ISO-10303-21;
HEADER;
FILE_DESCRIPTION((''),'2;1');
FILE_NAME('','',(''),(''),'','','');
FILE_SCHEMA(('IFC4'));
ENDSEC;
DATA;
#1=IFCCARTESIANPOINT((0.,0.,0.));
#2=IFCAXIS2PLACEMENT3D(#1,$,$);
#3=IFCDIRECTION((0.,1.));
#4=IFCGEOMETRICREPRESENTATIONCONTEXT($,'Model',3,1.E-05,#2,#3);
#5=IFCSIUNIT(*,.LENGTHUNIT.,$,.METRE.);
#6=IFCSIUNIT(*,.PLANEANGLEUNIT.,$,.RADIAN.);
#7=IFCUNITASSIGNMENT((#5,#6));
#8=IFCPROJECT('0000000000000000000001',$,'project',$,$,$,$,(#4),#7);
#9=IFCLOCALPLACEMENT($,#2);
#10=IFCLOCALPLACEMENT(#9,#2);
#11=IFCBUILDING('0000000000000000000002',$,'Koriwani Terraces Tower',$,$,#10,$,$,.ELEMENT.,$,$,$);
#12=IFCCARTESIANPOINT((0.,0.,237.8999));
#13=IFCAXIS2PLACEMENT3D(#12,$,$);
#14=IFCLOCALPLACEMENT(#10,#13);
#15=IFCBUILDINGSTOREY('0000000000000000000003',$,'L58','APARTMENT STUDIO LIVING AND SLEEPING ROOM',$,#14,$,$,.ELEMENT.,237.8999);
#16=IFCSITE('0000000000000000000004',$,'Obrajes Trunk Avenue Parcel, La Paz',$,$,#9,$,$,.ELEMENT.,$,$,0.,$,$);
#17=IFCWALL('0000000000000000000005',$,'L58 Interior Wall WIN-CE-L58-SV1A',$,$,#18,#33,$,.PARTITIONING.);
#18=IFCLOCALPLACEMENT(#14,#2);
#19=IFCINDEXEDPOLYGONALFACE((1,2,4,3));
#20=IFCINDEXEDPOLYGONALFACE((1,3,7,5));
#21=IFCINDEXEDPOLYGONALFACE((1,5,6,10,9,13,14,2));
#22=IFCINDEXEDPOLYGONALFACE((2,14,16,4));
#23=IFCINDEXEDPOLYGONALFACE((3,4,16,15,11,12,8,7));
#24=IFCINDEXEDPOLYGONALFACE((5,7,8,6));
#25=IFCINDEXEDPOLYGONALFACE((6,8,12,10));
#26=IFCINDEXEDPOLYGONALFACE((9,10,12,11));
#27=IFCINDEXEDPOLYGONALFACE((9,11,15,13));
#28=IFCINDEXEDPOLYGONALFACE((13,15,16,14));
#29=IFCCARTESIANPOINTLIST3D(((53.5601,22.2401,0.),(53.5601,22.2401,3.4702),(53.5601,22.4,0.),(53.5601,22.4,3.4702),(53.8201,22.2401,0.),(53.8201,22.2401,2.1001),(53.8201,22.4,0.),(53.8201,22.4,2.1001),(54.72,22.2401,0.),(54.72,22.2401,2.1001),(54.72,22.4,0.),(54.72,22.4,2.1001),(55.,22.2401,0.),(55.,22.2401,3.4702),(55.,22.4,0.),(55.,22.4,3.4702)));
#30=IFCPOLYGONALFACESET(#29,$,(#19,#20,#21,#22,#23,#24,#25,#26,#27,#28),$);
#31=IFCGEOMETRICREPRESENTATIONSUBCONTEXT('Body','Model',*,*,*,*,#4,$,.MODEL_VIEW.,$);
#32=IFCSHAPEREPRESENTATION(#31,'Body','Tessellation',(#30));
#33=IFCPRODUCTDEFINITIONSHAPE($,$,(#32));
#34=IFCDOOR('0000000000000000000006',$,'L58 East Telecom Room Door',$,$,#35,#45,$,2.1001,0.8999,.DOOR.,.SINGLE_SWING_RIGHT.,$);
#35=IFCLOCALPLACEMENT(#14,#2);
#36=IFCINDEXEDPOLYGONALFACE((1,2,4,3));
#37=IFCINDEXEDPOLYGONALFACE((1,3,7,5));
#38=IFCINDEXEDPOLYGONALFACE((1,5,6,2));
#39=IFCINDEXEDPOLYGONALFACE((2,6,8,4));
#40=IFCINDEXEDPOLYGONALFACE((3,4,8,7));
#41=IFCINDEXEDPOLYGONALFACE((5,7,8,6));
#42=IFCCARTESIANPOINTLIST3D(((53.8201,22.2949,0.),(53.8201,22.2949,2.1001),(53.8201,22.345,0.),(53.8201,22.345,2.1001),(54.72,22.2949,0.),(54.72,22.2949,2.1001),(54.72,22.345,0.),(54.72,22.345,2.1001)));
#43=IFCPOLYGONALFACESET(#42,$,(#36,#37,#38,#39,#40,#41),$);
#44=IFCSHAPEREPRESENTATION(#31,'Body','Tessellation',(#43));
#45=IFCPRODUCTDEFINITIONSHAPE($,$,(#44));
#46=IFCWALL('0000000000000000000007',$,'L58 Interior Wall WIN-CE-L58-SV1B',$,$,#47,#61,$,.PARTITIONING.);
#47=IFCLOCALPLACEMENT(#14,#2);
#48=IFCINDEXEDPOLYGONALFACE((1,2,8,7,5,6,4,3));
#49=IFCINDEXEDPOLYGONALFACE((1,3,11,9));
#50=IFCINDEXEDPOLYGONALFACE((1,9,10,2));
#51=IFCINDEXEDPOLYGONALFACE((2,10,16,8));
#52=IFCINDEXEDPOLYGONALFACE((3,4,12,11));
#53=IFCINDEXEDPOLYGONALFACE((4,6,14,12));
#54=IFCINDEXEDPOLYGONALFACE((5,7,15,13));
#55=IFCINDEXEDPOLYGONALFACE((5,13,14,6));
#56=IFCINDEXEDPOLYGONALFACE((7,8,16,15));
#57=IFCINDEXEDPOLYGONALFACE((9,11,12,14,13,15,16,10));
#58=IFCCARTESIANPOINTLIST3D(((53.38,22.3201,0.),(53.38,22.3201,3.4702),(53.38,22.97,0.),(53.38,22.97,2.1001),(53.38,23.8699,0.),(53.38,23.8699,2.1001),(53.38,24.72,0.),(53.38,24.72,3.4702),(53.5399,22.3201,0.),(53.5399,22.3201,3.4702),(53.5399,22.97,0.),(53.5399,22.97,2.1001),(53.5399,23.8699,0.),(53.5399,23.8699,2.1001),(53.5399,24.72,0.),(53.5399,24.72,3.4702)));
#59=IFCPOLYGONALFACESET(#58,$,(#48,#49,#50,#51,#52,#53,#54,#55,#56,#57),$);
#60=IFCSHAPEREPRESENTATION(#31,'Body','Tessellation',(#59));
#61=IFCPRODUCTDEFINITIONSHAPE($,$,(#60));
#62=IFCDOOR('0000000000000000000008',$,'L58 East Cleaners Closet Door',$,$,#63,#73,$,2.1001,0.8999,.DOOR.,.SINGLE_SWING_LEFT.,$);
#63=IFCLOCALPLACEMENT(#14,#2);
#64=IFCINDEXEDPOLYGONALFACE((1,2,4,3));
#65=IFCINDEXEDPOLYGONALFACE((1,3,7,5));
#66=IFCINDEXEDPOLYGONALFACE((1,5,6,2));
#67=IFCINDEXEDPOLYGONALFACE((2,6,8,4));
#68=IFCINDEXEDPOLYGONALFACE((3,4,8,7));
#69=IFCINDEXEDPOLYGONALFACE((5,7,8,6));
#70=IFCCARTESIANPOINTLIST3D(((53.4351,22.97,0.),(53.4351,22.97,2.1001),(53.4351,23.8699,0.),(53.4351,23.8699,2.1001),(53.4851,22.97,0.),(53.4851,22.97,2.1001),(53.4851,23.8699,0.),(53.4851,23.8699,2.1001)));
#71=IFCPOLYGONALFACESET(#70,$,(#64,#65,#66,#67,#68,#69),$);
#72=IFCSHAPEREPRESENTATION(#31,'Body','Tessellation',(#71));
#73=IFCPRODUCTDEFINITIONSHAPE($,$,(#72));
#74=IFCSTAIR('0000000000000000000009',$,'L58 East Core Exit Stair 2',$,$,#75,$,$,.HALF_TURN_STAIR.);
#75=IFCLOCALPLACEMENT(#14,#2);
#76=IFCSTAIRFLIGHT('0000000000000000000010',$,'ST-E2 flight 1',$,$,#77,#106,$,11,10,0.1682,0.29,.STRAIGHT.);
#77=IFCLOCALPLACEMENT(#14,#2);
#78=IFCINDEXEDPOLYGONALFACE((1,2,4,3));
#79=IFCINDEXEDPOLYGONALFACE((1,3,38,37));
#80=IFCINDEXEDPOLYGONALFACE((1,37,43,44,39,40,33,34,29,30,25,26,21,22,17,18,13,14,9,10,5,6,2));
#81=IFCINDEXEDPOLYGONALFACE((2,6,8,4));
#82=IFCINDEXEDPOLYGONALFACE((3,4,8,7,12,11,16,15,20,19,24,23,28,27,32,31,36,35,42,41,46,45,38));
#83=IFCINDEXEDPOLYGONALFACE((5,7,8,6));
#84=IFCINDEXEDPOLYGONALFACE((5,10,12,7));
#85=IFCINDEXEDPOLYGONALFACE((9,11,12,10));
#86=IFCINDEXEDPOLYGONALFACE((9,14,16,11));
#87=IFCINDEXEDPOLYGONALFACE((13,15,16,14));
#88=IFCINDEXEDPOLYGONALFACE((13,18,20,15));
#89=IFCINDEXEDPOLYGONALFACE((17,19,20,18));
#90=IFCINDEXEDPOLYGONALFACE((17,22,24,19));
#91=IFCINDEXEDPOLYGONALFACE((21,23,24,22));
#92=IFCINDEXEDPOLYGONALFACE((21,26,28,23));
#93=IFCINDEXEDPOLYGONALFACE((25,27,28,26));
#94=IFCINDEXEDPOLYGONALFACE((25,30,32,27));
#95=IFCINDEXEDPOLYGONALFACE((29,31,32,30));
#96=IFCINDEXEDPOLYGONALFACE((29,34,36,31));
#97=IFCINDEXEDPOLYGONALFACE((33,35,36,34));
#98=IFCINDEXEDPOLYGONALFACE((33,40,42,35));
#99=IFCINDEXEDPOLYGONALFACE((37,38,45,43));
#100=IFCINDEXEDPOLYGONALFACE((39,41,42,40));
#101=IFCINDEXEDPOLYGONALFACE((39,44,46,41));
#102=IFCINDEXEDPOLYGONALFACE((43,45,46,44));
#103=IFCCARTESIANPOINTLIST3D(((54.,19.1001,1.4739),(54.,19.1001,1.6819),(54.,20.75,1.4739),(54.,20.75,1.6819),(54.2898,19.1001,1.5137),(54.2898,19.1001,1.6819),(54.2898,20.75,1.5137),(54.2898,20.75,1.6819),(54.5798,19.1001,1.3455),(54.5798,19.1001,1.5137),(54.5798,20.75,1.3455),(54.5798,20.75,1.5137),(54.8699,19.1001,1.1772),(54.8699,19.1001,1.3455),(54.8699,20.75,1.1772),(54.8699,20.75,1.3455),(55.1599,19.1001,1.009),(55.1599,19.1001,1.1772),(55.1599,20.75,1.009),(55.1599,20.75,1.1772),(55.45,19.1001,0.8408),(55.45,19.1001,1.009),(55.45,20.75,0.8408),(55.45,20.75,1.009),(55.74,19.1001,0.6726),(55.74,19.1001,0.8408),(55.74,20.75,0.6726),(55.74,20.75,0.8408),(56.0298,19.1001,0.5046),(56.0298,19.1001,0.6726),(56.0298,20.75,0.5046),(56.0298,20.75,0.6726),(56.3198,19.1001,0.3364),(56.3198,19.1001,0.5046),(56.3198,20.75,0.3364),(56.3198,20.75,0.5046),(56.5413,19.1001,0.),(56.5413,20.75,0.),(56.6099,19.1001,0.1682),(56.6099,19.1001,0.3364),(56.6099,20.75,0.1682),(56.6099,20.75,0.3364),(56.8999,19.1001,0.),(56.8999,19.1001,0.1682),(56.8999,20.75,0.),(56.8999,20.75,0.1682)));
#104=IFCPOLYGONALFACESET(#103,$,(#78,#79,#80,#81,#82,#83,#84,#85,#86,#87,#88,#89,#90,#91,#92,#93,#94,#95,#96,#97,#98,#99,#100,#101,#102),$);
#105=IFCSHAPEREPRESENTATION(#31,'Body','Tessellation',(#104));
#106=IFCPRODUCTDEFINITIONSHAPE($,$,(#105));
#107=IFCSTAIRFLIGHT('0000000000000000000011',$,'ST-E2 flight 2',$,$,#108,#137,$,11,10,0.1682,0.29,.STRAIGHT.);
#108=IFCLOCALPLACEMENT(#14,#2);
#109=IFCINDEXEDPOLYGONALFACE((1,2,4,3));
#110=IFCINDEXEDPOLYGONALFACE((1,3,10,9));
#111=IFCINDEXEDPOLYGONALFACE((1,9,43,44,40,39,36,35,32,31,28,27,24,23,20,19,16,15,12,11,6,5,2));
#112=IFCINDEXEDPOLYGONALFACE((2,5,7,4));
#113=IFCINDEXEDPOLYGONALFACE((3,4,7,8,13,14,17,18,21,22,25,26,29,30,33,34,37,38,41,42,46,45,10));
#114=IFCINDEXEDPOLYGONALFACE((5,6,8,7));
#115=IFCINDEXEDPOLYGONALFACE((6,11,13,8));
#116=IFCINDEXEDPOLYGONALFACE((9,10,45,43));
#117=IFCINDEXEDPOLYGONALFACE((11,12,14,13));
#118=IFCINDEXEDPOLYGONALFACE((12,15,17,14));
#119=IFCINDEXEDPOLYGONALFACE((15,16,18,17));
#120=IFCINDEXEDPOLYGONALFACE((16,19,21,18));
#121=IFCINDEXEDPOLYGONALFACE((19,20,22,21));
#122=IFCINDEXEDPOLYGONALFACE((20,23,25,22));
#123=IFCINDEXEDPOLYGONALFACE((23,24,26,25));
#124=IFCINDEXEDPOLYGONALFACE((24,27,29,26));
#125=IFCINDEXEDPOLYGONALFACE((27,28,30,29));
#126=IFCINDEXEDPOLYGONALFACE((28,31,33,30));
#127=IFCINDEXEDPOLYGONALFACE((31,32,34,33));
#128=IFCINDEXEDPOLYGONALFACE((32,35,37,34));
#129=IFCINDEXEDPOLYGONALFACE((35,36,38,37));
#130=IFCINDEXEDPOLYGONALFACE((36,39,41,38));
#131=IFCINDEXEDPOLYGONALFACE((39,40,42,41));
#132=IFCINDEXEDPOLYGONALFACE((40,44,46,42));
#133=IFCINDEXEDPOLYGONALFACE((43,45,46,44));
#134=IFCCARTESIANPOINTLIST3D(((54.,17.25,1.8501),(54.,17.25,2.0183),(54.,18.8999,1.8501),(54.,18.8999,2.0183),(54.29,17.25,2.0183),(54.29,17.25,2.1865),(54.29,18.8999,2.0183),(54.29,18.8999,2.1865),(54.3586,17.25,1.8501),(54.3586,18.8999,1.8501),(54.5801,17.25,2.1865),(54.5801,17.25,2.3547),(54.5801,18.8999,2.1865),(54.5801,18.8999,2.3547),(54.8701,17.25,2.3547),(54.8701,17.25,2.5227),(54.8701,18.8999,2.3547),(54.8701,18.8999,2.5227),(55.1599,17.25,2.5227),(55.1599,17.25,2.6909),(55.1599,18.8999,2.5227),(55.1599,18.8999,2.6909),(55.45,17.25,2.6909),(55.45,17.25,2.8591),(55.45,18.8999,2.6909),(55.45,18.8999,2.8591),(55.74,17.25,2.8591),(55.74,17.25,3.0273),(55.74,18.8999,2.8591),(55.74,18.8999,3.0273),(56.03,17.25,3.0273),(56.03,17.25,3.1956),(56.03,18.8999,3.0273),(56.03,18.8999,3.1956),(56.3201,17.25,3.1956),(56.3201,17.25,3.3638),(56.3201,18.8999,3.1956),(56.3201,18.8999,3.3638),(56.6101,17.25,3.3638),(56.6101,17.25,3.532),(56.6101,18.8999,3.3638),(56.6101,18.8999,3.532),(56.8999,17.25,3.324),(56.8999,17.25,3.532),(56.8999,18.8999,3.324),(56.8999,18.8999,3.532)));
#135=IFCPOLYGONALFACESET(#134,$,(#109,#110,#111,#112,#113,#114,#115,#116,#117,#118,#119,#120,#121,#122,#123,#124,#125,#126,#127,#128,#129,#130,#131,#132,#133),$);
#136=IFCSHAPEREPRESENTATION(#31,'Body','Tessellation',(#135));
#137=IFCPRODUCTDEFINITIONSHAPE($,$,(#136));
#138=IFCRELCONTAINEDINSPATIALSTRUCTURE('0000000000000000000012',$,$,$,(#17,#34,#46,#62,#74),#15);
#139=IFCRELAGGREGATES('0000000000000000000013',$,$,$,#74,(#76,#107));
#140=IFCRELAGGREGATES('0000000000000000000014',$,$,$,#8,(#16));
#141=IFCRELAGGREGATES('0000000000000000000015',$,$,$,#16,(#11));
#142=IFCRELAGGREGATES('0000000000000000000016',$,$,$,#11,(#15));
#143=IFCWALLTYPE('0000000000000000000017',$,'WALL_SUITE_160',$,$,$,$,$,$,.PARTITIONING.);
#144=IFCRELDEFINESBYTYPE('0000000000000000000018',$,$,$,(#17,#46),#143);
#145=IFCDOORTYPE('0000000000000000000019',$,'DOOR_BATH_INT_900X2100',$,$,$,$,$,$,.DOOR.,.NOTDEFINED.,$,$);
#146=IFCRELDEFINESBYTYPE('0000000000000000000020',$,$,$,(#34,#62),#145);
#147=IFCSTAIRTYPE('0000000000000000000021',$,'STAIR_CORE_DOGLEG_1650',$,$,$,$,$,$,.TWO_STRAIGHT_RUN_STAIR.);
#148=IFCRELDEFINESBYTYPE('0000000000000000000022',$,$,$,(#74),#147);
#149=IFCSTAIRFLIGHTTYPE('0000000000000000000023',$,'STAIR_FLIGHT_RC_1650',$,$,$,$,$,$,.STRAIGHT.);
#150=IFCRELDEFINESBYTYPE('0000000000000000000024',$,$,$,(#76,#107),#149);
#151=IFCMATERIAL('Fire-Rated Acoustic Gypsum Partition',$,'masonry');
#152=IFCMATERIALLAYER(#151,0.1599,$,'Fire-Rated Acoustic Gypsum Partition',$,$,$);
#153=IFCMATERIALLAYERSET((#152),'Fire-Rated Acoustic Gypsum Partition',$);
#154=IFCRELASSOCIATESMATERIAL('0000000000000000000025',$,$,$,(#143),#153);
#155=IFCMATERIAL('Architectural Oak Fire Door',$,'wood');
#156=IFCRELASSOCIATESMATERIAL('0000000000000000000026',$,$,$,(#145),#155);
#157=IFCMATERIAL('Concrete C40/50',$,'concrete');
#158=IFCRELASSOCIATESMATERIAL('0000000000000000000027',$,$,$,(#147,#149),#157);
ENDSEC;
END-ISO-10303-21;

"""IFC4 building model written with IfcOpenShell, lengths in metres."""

from ifc_helpers import new_model, si_unit, direction, frame, frame_2d, origin, place, context, subcontext, project, spatial, polyline, rectangle, outline, extrude, material, layer, layer_set, type_object, element, fill, aggregate, save


model = new_model("IFC4")

# Units and contexts
model_context = context("Model", 3, precision=1e-05, world=origin(), true_north=direction((0.0, 1.0)))
body_context = subcontext(model_context, "Body", "Model", "MODEL_VIEW")
ifc_project = project(units=[si_unit("LENGTHUNIT", "METRE"), si_unit("PLANEANGLEUNIT", "RADIAN")], contexts=[model_context])

# Site, building, storey
site_placement = place(None, origin())
site = spatial("IfcSite", under=ifc_project, at=site_placement, Name="Obrajes Trunk Avenue Parcel, La Paz", CompositionType="ELEMENT", RefElevation=0.0)
building_placement = place(site_placement, origin())
building = spatial("IfcBuilding", under=site, at=building_placement, Name="Koriwani Terraces Tower", CompositionType="ELEMENT")
storey_placement = place(building_placement, frame((0.0, 0.0, 237.8999)))
storey = spatial("IfcBuildingStorey", under=building, at=storey_placement, Name="L58", Description="APARTMENT STUDIO LIVING AND SLEEPING ROOM", CompositionType="ELEMENT", Elevation=237.8999)

# Shared definitions
ifc_material_1 = material(Name="Concrete C40/50", Category="concrete")

# Walls, openings, doors
ifc_material_2 = material(Name="Architectural Oak Fire Door", Category="wood")
ifc_material_3 = material(Name="Fire-Rated Acoustic Gypsum Partition", Category="masonry")
ifc_layer_1 = layer(ifc_material_3, 0.1599, Name="Fire-Rated Acoustic Gypsum Partition")
ifc_layer_set_1 = layer_set([ifc_layer_1], Name="Fire-Rated Acoustic Gypsum Partition")
wall_type_1 = type_object("IfcWallType", Name="WALL_SUITE_160", PredefinedType="PARTITIONING", material=ifc_layer_set_1)
wall_1_placement = place(storey_placement, frame((53.5601, 22.3201, 0.0), z_axis=(0.0, 0.0, 1.0), x_axis=(1.0, 0.0, 0.0)))
wall_1 = element("IfcWall", 1, at=wall_1_placement, inside=storey, type_object=wall_type_1, Name="L58 Interior Wall WIN-CE-L58-SV1A", PredefinedType="PARTITIONING", context=body_context, shape_type="SweptSolid", body=[
    extrude(rectangle(XDim=1.4399, YDim=0.1599, at=frame_2d((0.72, 0.0))), origin(), (0.0, 0.0, 1.0), 3.4702),
])
opening_1_placement = place(wall_1_placement, frame((0.26, 0.0, 0.0)))
opening_1 = element("IfcOpeningElement", 2, at=opening_1_placement, cuts=wall_1, PredefinedType="OPENING", context=body_context, shape_type="SweptSolid", body=[
    extrude(rectangle(XDim=0.8999, YDim=2.1001, at=frame_2d((0.45, 1.05))), frame((0.0, 0.0898, 0.0), z_axis=(0.0, -1.0, 0.0), x_axis=(1.0, 0.0, 0.0)), (0.0, 0.0, 1.0), 0.1799),
])
door_type_1 = type_object("IfcDoorType", Name="DOOR_BATH_INT_900X2100", OperationType="NOTDEFINED", PredefinedType="DOOR", material=ifc_material_2)
door_1_placement = place(opening_1_placement, origin())
door_1 = element("IfcDoor", 3, at=door_1_placement, inside=storey, type_object=door_type_1, Name="L58 East Telecom Room Door", OperationType="SINGLE_SWING_RIGHT", OverallHeight=2.1001, OverallWidth=0.8999, PredefinedType="DOOR", context=body_context, shape_type="SweptSolid", body=[
    extrude(rectangle(XDim=0.8999, YDim=2.1001, at=frame_2d((0.45, 1.05))), frame((0.0, 0.0249, 0.0), z_axis=(0.0, -1.0, 0.0), x_axis=(1.0, 0.0, 0.0)), (0.0, 0.0, 1.0), 0.05),
])
fill(opening_1, door_1)
wall_2_placement = place(storey_placement, frame((53.46, 22.3201, 0.0), z_axis=(0.0, 0.0, 1.0), x_axis=(0.0, 1.0, 0.0)))
wall_2 = element("IfcWall", 4, at=wall_2_placement, inside=storey, type_object=wall_type_1, Name="L58 Interior Wall WIN-CE-L58-SV1B", PredefinedType="PARTITIONING", context=body_context, shape_type="SweptSolid", body=[
    extrude(rectangle(XDim=2.3999, YDim=0.1599, at=frame_2d((1.2, 0.0))), origin(), (0.0, 0.0, 1.0), 3.4702),
])
opening_2_placement = place(wall_2_placement, frame((0.6499, 0.0, 0.0)))
opening_2 = element("IfcOpeningElement", 5, at=opening_2_placement, cuts=wall_2, PredefinedType="OPENING", context=body_context, shape_type="SweptSolid", body=[
    extrude(rectangle(XDim=0.8999, YDim=2.1001, at=frame_2d((0.45, 1.05))), frame((0.0, 0.0898, 0.0), z_axis=(0.0, -1.0, 0.0), x_axis=(1.0, 0.0, 0.0)), (0.0, 0.0, 1.0), 0.1799),
])
door_2_placement = place(opening_2_placement, origin())
door_2 = element("IfcDoor", 6, at=door_2_placement, inside=storey, type_object=door_type_1, Name="L58 East Cleaners Closet Door", OperationType="SINGLE_SWING_LEFT", OverallHeight=2.1001, OverallWidth=0.8999, PredefinedType="DOOR", context=body_context, shape_type="SweptSolid", body=[
    extrude(rectangle(XDim=0.8999, YDim=2.1001, at=frame_2d((0.45, 1.05))), frame((0.0, 0.0249, 0.0), z_axis=(0.0, -1.0, 0.0), x_axis=(1.0, 0.0, 0.0)), (0.0, 0.0, 1.0), 0.05),
])
fill(opening_2, door_2)

# Stair, stair flights
stair_type = type_object("IfcStairType", Name="STAIR_CORE_DOGLEG_1650", PredefinedType="TWO_STRAIGHT_RUN_STAIR", material=ifc_material_1)
stair_placement = place(storey_placement, origin())
stair = element("IfcStair", 7, at=stair_placement, inside=storey, type_object=stair_type, Name="L58 East Core Exit Stair 2", PredefinedType="HALF_TURN_STAIR")
stair_flight_type = type_object("IfcStairFlightType", Name="STAIR_FLIGHT_RC_1650", PredefinedType="STRAIGHT", material=ifc_material_1)
stair_flight_1_placement = place(storey_placement, frame((56.8999, 19.925, 0.0), z_axis=(0.0, 0.0, 1.0), x_axis=(-1.0, 0.0, 0.0)))
stair_flight_1 = element("IfcStairFlight", 8, at=stair_flight_1_placement, type_object=stair_flight_type, Name="ST-E2 flight 1", NumberOfRisers=11, NumberOfTreads=10, PredefinedType="STRAIGHT", RiserHeight=0.1682, TreadLength=0.29, context=body_context, shape_type="SweptSolid", body=[
    extrude(outline(polyline([(0.0, 0.0), (0.0, 0.1682), (0.29, 0.1682), (0.29, 0.3364), (0.5801, 0.3364), (0.5801, 0.5046), (0.8701, 0.5046), (0.8701, 0.6726), (1.1599, 0.6726), (1.1599, 0.8408), (1.45, 0.8408), (1.45, 1.009), (1.74, 1.009), (1.74, 1.1772), (2.03, 1.1772), (2.03, 1.3455), (2.3201, 1.3455), (2.3201, 1.5137), (2.6101, 1.5137), (2.6101, 1.6819), (2.8999, 1.6819), (2.8999, 1.8501), (2.8999, 1.4739), (0.3586, 0.0), (0.0, 0.0)])), frame((0.0, 0.825, 0.0), z_axis=(0.0, -1.0, 0.0), x_axis=(1.0, 0.0, 0.0)), (0.0, 0.0, 1.0), 1.6499),
])
stair_flight_2_placement = place(storey_placement, frame((54.0, 18.075, 1.8501), z_axis=(0.0, 0.0, 1.0), x_axis=(1.0, 0.0, 0.0)))
stair_flight_2 = element("IfcStairFlight", 9, at=stair_flight_2_placement, type_object=stair_flight_type, Name="ST-E2 flight 2", NumberOfRisers=11, NumberOfTreads=10, PredefinedType="STRAIGHT", RiserHeight=0.1682, TreadLength=0.29, context=body_context, shape_type="SweptSolid", body=[
    extrude(outline(polyline([(0.0, 0.0), (0.0, 0.1682), (0.29, 0.1682), (0.29, 0.3364), (0.5801, 0.3364), (0.5801, 0.5046), (0.8701, 0.5046), (0.8701, 0.6726), (1.1599, 0.6726), (1.1599, 0.8408), (1.45, 0.8408), (1.45, 1.009), (1.74, 1.009), (1.74, 1.1772), (2.03, 1.1772), (2.03, 1.3455), (2.3201, 1.3455), (2.3201, 1.5137), (2.6101, 1.5137), (2.6101, 1.6819), (2.8999, 1.6819), (2.8999, 1.8501), (2.8999, 1.4739), (0.3586, 0.0), (0.0, 0.0)])), frame((0.0, 0.825, 0.0), z_axis=(0.0, -1.0, 0.0), x_axis=(1.0, 0.0, 0.0)), (0.0, 0.0, 1.0), 1.6499),
])
aggregate(stair, [stair_flight_1, stair_flight_2])

save(model, "model.ifc")
